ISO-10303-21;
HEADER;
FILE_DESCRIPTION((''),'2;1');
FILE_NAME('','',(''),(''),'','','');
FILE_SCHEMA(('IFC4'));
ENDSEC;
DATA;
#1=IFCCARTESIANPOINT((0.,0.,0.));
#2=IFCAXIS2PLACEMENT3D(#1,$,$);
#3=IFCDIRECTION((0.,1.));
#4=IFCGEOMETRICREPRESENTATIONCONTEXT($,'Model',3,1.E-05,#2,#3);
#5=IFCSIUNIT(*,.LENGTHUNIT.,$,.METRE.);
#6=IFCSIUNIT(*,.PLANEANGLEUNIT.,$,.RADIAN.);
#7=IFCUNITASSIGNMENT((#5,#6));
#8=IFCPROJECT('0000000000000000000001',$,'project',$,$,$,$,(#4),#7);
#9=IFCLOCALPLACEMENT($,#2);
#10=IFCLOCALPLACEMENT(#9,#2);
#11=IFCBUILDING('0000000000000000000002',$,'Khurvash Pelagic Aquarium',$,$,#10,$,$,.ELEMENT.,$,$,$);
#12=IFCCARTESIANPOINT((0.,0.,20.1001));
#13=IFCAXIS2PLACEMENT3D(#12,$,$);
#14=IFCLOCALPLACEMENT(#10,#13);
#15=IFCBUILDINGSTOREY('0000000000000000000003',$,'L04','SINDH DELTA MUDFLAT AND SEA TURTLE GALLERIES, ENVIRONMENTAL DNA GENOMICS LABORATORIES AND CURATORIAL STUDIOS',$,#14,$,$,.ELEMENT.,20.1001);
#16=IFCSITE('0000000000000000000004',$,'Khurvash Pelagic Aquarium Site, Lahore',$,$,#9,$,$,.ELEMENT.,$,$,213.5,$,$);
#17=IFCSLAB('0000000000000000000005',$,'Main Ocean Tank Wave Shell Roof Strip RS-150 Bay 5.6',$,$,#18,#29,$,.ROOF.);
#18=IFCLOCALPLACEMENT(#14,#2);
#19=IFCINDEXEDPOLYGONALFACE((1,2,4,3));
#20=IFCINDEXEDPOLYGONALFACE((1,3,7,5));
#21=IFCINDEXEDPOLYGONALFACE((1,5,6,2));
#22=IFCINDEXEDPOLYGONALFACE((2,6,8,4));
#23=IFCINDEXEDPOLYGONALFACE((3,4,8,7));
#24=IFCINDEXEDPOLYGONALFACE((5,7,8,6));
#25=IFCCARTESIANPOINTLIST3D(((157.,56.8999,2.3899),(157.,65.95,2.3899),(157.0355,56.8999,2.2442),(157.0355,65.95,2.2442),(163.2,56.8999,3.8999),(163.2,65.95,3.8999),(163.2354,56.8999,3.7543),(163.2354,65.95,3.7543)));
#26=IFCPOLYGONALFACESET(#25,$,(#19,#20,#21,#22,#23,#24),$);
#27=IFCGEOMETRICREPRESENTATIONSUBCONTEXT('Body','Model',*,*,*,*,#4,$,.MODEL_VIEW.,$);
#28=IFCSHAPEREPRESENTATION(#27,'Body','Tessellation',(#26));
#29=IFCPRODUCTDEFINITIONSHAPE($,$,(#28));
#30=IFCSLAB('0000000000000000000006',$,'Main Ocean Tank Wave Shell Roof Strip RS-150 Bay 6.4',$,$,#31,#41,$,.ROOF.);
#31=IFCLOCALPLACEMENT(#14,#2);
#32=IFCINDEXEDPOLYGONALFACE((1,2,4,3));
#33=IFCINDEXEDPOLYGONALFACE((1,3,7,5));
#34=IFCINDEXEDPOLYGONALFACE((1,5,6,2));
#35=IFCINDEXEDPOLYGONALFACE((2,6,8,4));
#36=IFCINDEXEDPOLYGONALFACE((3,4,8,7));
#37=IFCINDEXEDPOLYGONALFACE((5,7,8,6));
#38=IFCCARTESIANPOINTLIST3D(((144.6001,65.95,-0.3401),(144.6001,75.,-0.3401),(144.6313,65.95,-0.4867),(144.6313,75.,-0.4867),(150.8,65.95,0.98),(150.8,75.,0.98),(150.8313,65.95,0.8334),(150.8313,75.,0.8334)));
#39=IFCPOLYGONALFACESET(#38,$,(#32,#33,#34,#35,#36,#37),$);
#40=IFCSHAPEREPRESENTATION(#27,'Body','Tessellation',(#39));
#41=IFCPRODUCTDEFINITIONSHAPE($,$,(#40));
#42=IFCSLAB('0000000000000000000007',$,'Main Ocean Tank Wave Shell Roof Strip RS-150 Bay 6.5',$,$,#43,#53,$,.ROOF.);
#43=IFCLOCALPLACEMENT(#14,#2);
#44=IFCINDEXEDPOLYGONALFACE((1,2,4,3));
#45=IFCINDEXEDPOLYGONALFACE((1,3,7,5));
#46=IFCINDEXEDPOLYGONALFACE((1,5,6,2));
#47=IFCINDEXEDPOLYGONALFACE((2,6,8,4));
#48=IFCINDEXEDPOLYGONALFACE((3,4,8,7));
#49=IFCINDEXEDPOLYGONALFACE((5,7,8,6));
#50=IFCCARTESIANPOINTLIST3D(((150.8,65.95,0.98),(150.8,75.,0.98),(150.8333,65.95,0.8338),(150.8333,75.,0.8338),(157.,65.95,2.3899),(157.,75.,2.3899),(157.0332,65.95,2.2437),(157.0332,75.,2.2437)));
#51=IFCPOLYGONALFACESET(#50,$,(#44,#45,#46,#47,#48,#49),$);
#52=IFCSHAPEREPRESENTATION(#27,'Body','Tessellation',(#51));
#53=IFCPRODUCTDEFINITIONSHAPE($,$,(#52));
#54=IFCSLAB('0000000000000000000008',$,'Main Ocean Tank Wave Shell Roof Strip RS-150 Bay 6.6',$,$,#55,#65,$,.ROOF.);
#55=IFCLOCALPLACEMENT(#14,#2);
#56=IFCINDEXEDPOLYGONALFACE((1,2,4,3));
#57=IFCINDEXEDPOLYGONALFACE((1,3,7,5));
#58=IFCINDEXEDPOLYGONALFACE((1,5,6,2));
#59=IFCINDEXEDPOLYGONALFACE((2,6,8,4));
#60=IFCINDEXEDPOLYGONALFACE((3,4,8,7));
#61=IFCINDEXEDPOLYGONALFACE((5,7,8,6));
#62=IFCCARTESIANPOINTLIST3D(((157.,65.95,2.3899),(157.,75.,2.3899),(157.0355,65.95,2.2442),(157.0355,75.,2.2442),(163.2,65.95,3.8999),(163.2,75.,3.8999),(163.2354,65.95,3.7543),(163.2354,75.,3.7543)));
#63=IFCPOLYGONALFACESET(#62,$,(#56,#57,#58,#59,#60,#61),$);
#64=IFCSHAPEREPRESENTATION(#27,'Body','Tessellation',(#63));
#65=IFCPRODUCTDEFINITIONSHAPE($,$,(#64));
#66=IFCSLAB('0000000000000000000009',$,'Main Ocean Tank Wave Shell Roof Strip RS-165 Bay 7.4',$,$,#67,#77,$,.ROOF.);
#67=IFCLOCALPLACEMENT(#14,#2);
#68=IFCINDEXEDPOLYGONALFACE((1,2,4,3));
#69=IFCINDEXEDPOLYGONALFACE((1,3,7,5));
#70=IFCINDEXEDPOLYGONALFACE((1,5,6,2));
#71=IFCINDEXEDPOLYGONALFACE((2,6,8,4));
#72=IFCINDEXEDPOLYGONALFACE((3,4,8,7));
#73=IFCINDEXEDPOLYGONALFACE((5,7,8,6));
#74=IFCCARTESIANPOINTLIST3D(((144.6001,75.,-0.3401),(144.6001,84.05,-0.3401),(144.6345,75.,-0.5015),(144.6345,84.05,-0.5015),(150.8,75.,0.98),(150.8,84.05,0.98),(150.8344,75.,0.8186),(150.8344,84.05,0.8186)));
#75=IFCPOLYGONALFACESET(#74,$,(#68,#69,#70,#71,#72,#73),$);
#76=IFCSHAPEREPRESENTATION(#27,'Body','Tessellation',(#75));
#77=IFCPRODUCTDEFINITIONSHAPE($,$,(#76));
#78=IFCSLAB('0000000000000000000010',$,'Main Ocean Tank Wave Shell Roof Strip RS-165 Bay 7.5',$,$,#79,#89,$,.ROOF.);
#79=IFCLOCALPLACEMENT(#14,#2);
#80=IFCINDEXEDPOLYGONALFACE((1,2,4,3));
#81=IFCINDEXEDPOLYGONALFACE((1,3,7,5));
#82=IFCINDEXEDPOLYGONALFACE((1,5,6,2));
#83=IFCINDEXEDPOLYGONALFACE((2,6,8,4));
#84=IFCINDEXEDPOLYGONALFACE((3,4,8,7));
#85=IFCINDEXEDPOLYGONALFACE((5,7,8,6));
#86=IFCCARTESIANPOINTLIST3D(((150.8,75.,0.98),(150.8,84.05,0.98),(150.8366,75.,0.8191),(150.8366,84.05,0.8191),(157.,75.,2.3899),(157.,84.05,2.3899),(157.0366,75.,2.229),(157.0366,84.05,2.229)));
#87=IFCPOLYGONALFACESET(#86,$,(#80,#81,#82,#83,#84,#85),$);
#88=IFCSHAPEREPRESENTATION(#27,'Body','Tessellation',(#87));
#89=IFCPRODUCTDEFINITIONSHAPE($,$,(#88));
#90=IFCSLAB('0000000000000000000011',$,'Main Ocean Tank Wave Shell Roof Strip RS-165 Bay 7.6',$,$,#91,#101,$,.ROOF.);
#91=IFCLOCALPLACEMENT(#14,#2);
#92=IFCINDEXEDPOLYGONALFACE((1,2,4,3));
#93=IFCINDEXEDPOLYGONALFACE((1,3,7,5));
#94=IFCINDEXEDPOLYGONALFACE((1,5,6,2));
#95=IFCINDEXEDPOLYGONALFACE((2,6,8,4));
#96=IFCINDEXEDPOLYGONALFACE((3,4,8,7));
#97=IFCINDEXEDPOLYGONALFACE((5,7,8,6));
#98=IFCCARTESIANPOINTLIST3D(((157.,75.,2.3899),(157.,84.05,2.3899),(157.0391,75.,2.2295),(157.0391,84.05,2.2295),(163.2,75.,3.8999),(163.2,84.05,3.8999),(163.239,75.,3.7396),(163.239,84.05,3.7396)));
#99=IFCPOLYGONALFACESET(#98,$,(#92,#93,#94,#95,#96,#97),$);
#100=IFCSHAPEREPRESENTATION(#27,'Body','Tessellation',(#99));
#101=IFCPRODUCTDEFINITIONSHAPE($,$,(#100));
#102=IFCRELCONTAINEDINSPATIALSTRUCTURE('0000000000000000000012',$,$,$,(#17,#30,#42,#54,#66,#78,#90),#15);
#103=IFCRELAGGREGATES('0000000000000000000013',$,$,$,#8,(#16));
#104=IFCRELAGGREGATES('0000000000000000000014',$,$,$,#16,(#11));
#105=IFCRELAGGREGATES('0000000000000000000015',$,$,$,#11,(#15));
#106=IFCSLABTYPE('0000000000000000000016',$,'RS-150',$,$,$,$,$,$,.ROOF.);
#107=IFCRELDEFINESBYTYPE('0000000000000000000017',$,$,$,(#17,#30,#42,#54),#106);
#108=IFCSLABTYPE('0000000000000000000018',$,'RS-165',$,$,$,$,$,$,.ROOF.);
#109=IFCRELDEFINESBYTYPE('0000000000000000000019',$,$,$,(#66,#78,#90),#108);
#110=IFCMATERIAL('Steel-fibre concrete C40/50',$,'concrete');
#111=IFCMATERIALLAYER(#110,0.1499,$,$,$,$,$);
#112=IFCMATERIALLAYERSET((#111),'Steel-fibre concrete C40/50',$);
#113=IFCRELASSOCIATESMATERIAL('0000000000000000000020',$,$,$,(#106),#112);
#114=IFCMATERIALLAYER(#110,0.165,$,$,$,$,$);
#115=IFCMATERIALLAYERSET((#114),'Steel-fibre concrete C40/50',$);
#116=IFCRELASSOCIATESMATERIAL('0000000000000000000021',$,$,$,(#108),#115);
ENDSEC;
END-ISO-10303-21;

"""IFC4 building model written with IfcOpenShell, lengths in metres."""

from ifc_helpers import new_model, si_unit, direction, frame, origin, place, context, subcontext, project, spatial, polyline, outline, extrude, material, layer, layer_set, type_object, element, save


model = new_model("IFC4")

# Units and contexts
model_context = context("Model", 3, precision=1e-05, world=origin(), true_north=direction((0.0, 1.0)))
body_context = subcontext(model_context, "Body", "Model", "MODEL_VIEW")
ifc_project = project(units=[si_unit("LENGTHUNIT", "METRE"), si_unit("PLANEANGLEUNIT", "RADIAN")], contexts=[model_context])

# Site, building, storey
site_placement = place(None, origin())
site = spatial("IfcSite", under=ifc_project, at=site_placement, Name="Khurvash Pelagic Aquarium Site, Lahore", CompositionType="ELEMENT", RefElevation=213.5)
building_placement = place(site_placement, origin())
building = spatial("IfcBuilding", under=site, at=building_placement, Name="Khurvash Pelagic Aquarium", CompositionType="ELEMENT")
storey_placement = place(building_placement, frame((0.0, 0.0, 20.1001)))
storey = spatial("IfcBuildingStorey", under=building, at=storey_placement, Name="L04", Description="SINDH DELTA MUDFLAT AND SEA TURTLE GALLERIES, ENVIRONMENTAL DNA GENOMICS LABORATORIES AND CURATORIAL STUDIOS", CompositionType="ELEMENT", Elevation=20.1001)

# Shared definitions
ifc_material_1 = material(Name="Steel-fibre concrete C40/50", Category="concrete")

# Slabs
ifc_layer_1 = layer(ifc_material_1, 0.1499)
ifc_layer_set_1 = layer_set([ifc_layer_1], Name="Steel-fibre concrete C40/50")
slab_type_1 = type_object("IfcSlabType", Name="RS-150", PredefinedType="ROOF", material=ifc_layer_set_1)
slab_1_placement = place(storey_placement, frame((157.0, 56.8999, 2.3899), z_axis=(-0.236635, 0.0, 0.971599), x_axis=(0.971599, 0.0, 0.236635)))
element("IfcSlab", 1, at=slab_1_placement, inside=storey, type_object=slab_type_1, Name="Main Ocean Tank Wave Shell Roof Strip RS-150 Bay 5.6", PredefinedType="ROOF", context=body_context, shape_type="SweptSolid", body=[
    extrude(outline(polyline([(0.0, 0.0), (6.3812, 0.0), (6.3812, 9.05), (0.0, 9.05), (0.0, 0.0)])), origin(), (0.0, 0.0, -1.0), 0.1499),
])
slab_2_placement = place(storey_placement, frame((144.6001, 65.95, -0.3401), z_axis=(-0.208248, 0.0, 0.978076), x_axis=(0.978076, 0.0, 0.208248)))
element("IfcSlab", 2, at=slab_2_placement, inside=storey, type_object=slab_type_1, Name="Main Ocean Tank Wave Shell Roof Strip RS-150 Bay 6.4", PredefinedType="ROOF", context=body_context, shape_type="SweptSolid", body=[
    extrude(outline(polyline([(0.0, 0.0), (6.3389, 0.0), (6.3389, 9.05), (0.0, 9.05), (0.0, 0.0)])), origin(), (0.0, 0.0, -1.0), 0.1499),
])
slab_3_placement = place(storey_placement, frame((150.8, 65.95, 0.98), z_axis=(-0.221746, 0.0, 0.975105), x_axis=(0.975105, 0.0, 0.221746)))
element("IfcSlab", 3, at=slab_3_placement, inside=storey, type_object=slab_type_1, Name="Main Ocean Tank Wave Shell Roof Strip RS-150 Bay 6.5", PredefinedType="ROOF", context=body_context, shape_type="SweptSolid", body=[
    extrude(outline(polyline([(0.0, 0.0), (6.3582, 0.0), (6.3582, 9.05), (0.0, 9.05), (0.0, 0.0)])), origin(), (0.0, 0.0, -1.0), 0.1499),
])
slab_4_placement = place(storey_placement, frame((157.0, 65.95, 2.3899), z_axis=(-0.236635, 0.0, 0.971599), x_axis=(0.971599, 0.0, 0.236635)))
element("IfcSlab", 4, at=slab_4_placement, inside=storey, type_object=slab_type_1, Name="Main Ocean Tank Wave Shell Roof Strip RS-150 Bay 6.6", PredefinedType="ROOF", context=body_context, shape_type="SweptSolid", body=[
    extrude(outline(polyline([(0.0, 0.0), (6.3812, 0.0), (6.3812, 9.05), (0.0, 9.05), (0.0, 0.0)])), origin(), (0.0, 0.0, -1.0), 0.1499),
])
ifc_layer_2 = layer(ifc_material_1, 0.165)
ifc_layer_set_2 = layer_set([ifc_layer_2], Name="Steel-fibre concrete C40/50")
slab_type_2 = type_object("IfcSlabType", Name="RS-165", PredefinedType="ROOF", material=ifc_layer_set_2)
slab_5_placement = place(storey_placement, frame((144.6001, 75.0, -0.3401), z_axis=(-0.208248, 0.0, 0.978076), x_axis=(0.978076, 0.0, 0.208248)))
element("IfcSlab", 5, at=slab_5_placement, inside=storey, type_object=slab_type_2, Name="Main Ocean Tank Wave Shell Roof Strip RS-165 Bay 7.4", PredefinedType="ROOF", context=body_context, shape_type="SweptSolid", body=[
    extrude(outline(polyline([(0.0, 0.0), (6.3389, 0.0), (6.3389, 9.05), (0.0, 9.05), (0.0, 0.0)])), origin(), (0.0, 0.0, -1.0), 0.165),
])
slab_6_placement = place(storey_placement, frame((150.8, 75.0, 0.98), z_axis=(-0.221746, 0.0, 0.975105), x_axis=(0.975105, 0.0, 0.221746)))
element("IfcSlab", 6, at=slab_6_placement, inside=storey, type_object=slab_type_2, Name="Main Ocean Tank Wave Shell Roof Strip RS-165 Bay 7.5", PredefinedType="ROOF", context=body_context, shape_type="SweptSolid", body=[
    extrude(outline(polyline([(0.0, 0.0), (6.3582, 0.0), (6.3582, 9.05), (0.0, 9.05), (0.0, 0.0)])), origin(), (0.0, 0.0, -1.0), 0.165),
])
slab_7_placement = place(storey_placement, frame((157.0, 75.0, 2.3899), z_axis=(-0.236635, 0.0, 0.971599), x_axis=(0.971599, 0.0, 0.236635)))
element("IfcSlab", 7, at=slab_7_placement, inside=storey, type_object=slab_type_2, Name="Main Ocean Tank Wave Shell Roof Strip RS-165 Bay 7.6", PredefinedType="ROOF", context=body_context, shape_type="SweptSolid", body=[
    extrude(outline(polyline([(0.0, 0.0), (6.3812, 0.0), (6.3812, 9.05), (0.0, 9.05), (0.0, 0.0)])), origin(), (0.0, 0.0, -1.0), 0.165),
])

save(model, "model.ifc")
